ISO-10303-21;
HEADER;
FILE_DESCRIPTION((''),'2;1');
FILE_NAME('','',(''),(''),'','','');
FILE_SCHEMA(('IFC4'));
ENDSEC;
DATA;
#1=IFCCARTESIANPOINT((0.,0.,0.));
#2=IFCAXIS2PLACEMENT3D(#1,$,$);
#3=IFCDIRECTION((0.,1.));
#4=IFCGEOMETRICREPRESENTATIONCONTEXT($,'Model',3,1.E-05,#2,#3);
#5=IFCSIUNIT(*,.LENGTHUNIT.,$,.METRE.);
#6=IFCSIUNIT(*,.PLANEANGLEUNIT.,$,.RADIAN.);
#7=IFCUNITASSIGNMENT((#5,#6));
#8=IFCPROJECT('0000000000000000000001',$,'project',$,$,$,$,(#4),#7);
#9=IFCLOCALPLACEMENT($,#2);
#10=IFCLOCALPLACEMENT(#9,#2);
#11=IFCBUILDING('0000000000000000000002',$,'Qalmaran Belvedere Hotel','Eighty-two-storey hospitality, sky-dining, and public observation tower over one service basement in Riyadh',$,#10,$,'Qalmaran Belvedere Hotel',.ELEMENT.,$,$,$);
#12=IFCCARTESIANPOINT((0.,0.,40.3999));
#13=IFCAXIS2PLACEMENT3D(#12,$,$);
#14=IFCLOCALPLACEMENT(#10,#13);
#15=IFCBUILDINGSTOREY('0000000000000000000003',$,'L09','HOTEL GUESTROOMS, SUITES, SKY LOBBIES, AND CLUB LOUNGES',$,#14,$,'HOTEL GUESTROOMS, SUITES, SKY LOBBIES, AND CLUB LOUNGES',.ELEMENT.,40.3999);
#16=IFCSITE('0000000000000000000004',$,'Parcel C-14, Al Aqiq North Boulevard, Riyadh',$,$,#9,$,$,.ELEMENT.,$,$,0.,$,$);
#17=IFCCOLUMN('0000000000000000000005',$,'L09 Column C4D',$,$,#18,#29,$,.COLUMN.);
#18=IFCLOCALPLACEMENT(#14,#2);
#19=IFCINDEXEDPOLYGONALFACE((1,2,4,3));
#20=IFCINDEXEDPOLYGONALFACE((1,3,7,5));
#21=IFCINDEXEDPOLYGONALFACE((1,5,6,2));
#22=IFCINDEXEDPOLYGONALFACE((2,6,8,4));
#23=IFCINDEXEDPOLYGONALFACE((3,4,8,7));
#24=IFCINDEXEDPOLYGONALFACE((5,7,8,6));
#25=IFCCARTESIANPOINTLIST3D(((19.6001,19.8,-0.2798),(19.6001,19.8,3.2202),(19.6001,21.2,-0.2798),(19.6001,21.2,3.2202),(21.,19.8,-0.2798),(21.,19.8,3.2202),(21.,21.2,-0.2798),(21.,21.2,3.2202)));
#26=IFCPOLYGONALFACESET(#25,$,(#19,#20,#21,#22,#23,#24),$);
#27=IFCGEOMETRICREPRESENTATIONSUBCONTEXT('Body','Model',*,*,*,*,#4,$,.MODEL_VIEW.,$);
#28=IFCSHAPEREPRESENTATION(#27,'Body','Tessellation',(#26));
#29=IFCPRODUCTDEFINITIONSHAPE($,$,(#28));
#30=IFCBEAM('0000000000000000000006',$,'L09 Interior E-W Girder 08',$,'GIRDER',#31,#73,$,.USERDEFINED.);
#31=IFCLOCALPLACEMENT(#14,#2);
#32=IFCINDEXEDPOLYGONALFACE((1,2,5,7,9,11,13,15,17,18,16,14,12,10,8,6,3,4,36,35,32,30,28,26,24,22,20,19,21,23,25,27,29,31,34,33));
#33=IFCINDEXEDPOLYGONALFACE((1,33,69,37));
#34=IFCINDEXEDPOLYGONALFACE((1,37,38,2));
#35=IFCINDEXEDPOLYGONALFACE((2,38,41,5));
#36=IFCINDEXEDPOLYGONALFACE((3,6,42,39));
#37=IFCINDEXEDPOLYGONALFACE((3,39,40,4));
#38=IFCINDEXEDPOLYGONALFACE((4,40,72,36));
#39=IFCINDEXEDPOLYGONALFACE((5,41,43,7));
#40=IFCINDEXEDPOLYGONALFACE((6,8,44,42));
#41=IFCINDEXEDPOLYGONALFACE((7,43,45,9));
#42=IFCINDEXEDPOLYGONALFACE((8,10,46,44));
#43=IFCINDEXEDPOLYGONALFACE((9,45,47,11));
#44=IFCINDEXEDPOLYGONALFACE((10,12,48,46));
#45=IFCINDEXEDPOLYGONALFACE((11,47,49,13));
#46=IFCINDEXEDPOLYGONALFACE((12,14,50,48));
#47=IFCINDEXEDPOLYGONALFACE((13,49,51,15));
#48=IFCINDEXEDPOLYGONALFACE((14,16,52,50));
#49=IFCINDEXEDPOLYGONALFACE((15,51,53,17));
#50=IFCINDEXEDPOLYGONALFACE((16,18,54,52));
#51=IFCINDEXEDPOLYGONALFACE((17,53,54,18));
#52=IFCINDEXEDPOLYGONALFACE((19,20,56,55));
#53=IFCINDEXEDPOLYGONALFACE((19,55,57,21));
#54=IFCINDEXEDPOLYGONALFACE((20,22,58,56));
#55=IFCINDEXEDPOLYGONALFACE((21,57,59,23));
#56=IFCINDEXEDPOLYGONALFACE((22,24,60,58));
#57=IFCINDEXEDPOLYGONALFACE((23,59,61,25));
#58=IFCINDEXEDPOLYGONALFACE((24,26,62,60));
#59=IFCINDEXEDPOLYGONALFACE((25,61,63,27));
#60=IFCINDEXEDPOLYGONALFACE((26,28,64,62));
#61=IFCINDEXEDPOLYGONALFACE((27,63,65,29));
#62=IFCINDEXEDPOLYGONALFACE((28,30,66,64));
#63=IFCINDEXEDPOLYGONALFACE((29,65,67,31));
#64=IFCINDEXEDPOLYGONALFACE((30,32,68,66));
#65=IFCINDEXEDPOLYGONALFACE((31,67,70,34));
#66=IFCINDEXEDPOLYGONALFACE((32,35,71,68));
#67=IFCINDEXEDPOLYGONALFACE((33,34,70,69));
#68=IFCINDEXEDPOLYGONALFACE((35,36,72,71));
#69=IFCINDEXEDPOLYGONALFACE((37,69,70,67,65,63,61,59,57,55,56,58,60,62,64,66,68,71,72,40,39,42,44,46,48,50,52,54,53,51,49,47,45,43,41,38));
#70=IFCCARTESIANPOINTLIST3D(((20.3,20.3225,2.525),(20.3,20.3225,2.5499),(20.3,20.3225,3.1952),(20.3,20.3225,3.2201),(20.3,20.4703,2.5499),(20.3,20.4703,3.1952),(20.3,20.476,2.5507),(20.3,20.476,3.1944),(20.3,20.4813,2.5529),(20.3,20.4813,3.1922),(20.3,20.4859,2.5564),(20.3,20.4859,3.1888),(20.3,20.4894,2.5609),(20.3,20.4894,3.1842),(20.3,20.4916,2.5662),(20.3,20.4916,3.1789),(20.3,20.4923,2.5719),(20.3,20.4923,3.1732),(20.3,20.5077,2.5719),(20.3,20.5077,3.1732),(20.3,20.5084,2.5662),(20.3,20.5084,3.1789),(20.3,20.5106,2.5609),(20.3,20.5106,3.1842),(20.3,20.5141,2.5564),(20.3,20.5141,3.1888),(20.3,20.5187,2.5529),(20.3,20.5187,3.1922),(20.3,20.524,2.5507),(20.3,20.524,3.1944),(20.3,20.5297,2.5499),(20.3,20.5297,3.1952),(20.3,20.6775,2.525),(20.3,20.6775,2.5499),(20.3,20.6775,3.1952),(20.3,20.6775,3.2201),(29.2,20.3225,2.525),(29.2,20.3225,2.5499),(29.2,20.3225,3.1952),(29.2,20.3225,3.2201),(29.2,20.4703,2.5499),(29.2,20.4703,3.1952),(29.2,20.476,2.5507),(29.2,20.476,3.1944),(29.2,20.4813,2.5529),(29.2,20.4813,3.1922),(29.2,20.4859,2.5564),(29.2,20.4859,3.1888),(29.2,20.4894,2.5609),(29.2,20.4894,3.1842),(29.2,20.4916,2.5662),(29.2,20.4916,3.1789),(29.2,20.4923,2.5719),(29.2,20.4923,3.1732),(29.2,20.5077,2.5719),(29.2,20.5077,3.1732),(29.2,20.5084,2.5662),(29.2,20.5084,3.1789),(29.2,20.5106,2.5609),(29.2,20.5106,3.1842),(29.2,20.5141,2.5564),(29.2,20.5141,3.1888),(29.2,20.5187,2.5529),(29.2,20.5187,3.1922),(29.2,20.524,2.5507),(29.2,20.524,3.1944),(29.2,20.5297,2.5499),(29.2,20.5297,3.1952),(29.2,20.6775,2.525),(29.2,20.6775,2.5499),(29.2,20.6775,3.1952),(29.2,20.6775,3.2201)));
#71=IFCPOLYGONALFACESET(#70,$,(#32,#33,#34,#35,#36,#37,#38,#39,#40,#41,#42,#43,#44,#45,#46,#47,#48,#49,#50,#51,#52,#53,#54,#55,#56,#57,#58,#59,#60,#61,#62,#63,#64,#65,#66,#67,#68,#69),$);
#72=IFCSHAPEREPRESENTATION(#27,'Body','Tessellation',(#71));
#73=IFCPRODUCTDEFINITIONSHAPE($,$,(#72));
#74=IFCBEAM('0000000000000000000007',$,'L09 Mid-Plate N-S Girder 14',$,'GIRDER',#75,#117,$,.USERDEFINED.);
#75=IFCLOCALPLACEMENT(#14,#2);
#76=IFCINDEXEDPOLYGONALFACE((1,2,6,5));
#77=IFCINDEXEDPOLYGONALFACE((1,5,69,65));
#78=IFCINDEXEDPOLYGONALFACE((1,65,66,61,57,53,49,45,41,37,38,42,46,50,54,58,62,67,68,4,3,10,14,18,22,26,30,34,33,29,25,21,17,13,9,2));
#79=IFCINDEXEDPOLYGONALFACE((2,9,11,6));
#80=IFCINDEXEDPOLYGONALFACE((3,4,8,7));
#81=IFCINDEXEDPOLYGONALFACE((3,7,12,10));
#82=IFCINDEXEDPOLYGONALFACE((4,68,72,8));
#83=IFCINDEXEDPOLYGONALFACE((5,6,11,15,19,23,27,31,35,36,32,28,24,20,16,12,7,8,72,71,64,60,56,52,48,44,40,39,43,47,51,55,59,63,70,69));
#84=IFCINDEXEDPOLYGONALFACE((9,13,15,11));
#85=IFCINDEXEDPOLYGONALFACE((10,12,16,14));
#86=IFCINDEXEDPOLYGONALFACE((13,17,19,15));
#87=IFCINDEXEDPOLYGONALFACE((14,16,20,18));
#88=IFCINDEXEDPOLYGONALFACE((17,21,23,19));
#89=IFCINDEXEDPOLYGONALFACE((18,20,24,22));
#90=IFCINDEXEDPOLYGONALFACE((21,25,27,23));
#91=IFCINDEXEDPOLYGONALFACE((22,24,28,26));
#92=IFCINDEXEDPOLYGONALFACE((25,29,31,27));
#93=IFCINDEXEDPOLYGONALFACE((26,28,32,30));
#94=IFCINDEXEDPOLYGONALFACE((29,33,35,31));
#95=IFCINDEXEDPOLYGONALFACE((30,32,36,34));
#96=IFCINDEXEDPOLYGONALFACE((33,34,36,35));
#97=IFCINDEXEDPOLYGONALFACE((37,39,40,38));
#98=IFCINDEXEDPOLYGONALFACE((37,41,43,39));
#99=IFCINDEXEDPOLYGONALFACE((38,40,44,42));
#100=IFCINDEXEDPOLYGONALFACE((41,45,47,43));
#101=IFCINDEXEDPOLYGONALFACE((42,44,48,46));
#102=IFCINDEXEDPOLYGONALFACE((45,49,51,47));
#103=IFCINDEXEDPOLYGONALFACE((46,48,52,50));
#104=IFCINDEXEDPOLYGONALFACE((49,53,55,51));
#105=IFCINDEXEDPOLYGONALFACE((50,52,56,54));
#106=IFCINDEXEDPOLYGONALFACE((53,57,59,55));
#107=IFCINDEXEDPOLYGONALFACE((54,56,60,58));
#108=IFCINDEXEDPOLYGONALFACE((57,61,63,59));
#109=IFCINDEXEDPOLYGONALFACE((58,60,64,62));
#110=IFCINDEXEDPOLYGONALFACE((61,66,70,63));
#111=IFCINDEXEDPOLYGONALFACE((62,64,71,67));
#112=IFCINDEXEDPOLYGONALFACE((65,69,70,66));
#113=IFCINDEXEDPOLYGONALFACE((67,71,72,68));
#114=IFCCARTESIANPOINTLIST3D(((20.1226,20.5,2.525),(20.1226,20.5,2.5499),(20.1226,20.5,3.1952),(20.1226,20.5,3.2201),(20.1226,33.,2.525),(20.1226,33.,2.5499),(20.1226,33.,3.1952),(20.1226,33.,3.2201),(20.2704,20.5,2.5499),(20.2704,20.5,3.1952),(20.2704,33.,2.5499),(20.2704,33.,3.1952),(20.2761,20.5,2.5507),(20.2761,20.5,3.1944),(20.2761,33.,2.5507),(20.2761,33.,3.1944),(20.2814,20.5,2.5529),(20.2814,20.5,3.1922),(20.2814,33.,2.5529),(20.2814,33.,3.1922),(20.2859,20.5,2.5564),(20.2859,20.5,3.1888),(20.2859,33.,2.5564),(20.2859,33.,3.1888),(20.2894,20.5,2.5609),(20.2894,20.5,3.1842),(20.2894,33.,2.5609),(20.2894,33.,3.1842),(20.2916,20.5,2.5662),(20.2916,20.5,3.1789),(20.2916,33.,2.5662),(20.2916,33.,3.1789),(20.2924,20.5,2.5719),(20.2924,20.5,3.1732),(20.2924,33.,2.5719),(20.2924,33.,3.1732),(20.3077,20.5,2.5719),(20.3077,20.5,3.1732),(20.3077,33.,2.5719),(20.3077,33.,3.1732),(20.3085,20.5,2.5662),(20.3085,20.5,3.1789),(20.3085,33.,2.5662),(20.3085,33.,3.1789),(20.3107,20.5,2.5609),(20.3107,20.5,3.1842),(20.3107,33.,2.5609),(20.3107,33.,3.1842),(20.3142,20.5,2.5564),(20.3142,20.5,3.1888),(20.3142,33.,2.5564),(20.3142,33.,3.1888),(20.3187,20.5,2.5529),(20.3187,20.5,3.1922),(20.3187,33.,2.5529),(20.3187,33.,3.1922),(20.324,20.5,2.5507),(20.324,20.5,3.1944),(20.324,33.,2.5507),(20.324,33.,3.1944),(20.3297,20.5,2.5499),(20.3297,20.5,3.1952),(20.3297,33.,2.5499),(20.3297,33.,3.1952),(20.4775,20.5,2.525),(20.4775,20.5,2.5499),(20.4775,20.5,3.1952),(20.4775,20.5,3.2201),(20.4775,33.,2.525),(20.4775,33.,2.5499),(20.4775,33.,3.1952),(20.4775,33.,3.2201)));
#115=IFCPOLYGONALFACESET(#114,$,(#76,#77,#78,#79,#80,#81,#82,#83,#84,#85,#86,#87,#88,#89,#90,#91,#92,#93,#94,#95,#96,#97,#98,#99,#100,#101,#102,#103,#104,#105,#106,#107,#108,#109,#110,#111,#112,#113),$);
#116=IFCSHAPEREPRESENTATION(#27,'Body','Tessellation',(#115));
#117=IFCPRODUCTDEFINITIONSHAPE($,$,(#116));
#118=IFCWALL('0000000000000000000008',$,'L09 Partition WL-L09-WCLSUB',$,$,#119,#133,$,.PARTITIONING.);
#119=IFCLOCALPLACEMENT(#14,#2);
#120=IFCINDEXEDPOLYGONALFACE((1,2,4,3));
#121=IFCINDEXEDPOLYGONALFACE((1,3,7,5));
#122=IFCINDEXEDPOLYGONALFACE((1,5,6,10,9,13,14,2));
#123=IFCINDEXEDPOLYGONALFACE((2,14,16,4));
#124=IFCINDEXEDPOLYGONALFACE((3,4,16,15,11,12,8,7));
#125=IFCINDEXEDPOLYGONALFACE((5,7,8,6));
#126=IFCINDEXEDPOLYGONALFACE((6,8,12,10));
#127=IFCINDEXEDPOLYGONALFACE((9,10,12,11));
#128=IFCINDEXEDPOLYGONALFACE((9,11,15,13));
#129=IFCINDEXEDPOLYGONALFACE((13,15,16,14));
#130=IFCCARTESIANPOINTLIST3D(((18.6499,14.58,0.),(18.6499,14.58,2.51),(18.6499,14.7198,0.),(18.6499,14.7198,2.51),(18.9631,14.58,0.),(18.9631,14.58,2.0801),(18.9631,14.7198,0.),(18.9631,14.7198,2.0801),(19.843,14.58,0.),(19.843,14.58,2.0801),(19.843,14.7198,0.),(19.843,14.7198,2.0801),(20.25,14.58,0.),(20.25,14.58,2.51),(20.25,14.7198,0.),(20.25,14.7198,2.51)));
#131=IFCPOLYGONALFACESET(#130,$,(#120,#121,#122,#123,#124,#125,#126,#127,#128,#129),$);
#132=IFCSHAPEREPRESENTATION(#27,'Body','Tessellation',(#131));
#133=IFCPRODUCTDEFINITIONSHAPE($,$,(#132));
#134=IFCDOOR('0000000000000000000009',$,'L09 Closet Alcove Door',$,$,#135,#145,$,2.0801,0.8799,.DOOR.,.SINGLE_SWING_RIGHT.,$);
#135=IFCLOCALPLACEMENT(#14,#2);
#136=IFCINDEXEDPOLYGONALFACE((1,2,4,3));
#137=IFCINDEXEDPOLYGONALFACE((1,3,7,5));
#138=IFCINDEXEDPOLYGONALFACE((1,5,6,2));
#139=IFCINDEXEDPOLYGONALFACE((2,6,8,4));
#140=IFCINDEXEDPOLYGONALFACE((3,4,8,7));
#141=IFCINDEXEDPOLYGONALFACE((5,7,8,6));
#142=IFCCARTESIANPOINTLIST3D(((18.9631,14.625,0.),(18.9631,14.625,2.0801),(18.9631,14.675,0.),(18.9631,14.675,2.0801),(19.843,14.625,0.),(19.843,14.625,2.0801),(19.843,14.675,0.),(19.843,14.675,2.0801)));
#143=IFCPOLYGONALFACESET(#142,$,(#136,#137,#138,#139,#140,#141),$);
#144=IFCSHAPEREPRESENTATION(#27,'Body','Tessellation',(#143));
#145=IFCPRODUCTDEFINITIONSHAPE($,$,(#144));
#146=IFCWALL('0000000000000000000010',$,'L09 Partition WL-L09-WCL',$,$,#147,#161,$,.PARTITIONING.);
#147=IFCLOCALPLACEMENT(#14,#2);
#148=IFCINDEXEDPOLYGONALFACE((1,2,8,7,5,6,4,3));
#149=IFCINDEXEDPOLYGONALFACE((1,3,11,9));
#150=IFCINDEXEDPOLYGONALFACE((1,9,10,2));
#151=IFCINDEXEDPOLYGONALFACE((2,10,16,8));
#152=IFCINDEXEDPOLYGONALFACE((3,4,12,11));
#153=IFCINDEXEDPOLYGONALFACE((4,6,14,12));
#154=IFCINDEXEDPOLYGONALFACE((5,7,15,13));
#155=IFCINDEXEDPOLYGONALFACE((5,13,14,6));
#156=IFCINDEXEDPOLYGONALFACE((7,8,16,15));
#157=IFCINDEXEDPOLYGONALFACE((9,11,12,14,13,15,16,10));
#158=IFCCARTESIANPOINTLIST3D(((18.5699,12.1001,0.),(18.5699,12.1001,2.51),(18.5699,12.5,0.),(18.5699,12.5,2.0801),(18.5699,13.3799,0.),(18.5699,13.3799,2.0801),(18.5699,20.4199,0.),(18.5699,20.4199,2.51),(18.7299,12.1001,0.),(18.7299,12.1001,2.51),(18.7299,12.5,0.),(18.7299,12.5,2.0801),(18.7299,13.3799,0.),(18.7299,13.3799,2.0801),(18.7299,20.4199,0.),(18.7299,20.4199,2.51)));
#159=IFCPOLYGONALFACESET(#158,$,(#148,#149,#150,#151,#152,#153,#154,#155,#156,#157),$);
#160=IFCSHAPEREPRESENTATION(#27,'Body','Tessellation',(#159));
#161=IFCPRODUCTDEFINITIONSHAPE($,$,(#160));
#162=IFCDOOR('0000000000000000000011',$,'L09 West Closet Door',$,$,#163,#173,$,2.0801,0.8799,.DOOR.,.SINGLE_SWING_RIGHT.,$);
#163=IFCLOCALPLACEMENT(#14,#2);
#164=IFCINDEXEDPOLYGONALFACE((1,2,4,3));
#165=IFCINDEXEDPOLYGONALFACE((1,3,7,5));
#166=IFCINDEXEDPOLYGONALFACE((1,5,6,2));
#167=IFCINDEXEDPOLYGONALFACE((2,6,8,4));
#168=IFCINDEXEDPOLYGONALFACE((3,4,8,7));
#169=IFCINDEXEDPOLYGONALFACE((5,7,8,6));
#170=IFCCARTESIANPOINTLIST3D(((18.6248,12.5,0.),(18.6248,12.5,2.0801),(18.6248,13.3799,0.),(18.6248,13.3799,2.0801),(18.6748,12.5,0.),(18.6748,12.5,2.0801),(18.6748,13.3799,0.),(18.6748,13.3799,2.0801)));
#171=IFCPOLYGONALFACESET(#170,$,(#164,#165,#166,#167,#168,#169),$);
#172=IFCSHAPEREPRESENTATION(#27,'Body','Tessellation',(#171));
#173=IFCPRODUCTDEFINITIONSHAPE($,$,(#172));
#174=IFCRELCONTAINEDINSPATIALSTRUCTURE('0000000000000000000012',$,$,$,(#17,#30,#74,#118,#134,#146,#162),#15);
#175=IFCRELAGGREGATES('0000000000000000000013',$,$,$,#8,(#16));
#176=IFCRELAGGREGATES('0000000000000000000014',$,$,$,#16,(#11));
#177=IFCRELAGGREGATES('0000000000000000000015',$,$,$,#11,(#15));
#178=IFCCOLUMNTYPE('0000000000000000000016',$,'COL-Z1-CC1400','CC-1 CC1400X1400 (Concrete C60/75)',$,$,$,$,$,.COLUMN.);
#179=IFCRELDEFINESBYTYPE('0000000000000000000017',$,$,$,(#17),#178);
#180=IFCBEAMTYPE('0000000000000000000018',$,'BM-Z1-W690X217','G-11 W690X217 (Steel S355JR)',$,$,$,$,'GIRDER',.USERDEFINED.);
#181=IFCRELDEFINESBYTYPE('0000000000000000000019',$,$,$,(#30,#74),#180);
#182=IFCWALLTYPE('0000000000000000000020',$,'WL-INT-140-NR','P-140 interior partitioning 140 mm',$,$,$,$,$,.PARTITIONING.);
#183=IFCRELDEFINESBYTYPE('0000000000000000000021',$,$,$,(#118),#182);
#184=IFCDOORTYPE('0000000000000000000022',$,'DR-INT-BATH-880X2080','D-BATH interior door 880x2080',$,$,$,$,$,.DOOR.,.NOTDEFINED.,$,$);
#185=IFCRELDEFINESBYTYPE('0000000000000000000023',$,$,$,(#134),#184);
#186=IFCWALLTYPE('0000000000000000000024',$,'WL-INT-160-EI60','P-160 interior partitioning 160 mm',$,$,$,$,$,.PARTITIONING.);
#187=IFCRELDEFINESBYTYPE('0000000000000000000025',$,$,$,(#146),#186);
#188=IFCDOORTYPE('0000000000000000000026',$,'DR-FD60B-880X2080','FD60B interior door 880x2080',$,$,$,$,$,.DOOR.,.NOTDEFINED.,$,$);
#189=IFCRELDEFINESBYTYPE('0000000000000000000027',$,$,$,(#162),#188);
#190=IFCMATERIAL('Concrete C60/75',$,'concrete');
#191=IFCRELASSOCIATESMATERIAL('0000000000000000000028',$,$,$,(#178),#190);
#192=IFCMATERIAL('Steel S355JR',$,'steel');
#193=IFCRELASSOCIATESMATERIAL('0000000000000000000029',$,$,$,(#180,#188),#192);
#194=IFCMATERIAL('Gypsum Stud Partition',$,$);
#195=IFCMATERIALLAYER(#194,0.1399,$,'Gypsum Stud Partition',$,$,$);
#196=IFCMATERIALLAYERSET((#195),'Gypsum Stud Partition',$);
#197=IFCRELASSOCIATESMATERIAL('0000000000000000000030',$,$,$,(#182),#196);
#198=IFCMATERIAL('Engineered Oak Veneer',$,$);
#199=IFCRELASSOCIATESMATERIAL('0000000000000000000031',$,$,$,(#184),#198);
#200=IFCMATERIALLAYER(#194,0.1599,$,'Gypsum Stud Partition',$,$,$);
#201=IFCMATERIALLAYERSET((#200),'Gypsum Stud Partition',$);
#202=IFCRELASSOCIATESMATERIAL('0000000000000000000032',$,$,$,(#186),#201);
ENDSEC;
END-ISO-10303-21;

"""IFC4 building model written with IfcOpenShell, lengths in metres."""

from ifc_helpers import new_model, si_unit, direction, frame, frame_2d, origin, origin_2d, place, context, subcontext, project, spatial, rectangle, i_section, extrude, material, layer, layer_set, material_profile, profile_set, type_object, element, fill, save


model = new_model("IFC4")

# Units and contexts
model_context = context("Model", 3, precision=1e-05, world=origin(), true_north=direction((0.0, 1.0)))
body_context = subcontext(model_context, "Body", "Model", "MODEL_VIEW")
ifc_project = project(units=[si_unit("LENGTHUNIT", "METRE"), si_unit("PLANEANGLEUNIT", "RADIAN")], contexts=[model_context])

# Site, building, storey
site_placement = place(None, origin())
site = spatial("IfcSite", under=ifc_project, at=site_placement, Name="Parcel C-14, Al Aqiq North Boulevard, Riyadh", CompositionType="ELEMENT", RefElevation=0.0)
building_placement = place(site_placement, origin())
building = spatial("IfcBuilding", under=site, at=building_placement, Name="Qalmaran Belvedere Hotel", Description="Eighty-two-storey hospitality, sky-dining, and public observation tower over one service basement in Riyadh", LongName="Qalmaran Belvedere Hotel", CompositionType="ELEMENT")
storey_placement = place(building_placement, frame((0.0, 0.0, 40.3999)))
storey = spatial("IfcBuildingStorey", under=building, at=storey_placement, Name="L09", Description="HOTEL GUESTROOMS, SUITES, SKY LOBBIES, AND CLUB LOUNGES", LongName="HOTEL GUESTROOMS, SUITES, SKY LOBBIES, AND CLUB LOUNGES", CompositionType="ELEMENT", Elevation=40.3999)

# Column
ifc_material_1 = material(Name="Concrete C60/75", Category="concrete")
ifc_material_profile_1 = material_profile(ifc_material_1, rectangle(XDim=1.3999, YDim=1.3999, at=origin_2d()), Name="CC1400X1400")
ifc_profile_set_1 = profile_set([ifc_material_profile_1], Name="Concrete C60/75")
column_type = type_object("IfcColumnType", Name="COL-Z1-CC1400", Description="CC-1 CC1400X1400 (Concrete C60/75)", PredefinedType="COLUMN", material=ifc_profile_set_1)
column_placement = place(storey_placement, frame((20.3, 20.5, -0.2798), z_axis=(0.0, 0.0, 1.0), x_axis=(1.0, 0.0, 0.0)))
element("IfcColumn", 1, at=column_placement, inside=storey, type_object=column_type, Name="L09 Column C4D", PredefinedType="COLUMN", context=body_context, shape_type="SweptSolid", body=[
    extrude(rectangle(XDim=1.3999, YDim=1.3999, at=origin_2d()), origin(), (0.0, 0.0, 1.0), 3.5),
])

# Beams
ifc_material_2 = material(Name="Steel S355JR", Category="steel")
ifc_material_profile_2 = material_profile(ifc_material_2, i_section(OverallWidth=0.355, OverallDepth=0.6951, WebThickness=0.0154, FlangeThickness=0.0249, FilletRadius=0.022, at=origin_2d()), Name="W690X217")
ifc_profile_set_2 = profile_set([ifc_material_profile_2], Name="Steel S355JR")
beam_type = type_object("IfcBeamType", Name="BM-Z1-W690X217", Description="G-11 W690X217 (Steel S355JR)", ElementType="GIRDER", PredefinedType="USERDEFINED", material=ifc_profile_set_2)
beam_1_placement = place(storey_placement, frame((20.3, 20.5, 2.8726), z_axis=(1.0, 0.0, 0.0), x_axis=(0.0, 1.0, 0.0)))
element("IfcBeam", 2, at=beam_1_placement, inside=storey, type_object=beam_type, Name="L09 Interior E-W Girder 08", ObjectType="GIRDER", PredefinedType="USERDEFINED", context=body_context, shape_type="SweptSolid", body=[
    extrude(i_section(OverallWidth=0.355, OverallDepth=0.6951, WebThickness=0.0154, FlangeThickness=0.0249, FilletRadius=0.022, at=origin_2d()), origin(), (0.0, 0.0, 1.0), 8.8999),
])
beam_2_placement = place(storey_placement, frame((20.3, 20.5, 2.8726), z_axis=(0.0, 1.0, 0.0), x_axis=(-1.0, 0.0, 0.0)))
element("IfcBeam", 3, at=beam_2_placement, inside=storey, type_object=beam_type, Name="L09 Mid-Plate N-S Girder 14", ObjectType="GIRDER", PredefinedType="USERDEFINED", context=body_context, shape_type="SweptSolid", body=[
    extrude(i_section(OverallWidth=0.355, OverallDepth=0.6951, WebThickness=0.0154, FlangeThickness=0.0249, FilletRadius=0.022, at=origin_2d()), origin(), (0.0, 0.0, 1.0), 12.5),
])

# Walls, openings, doors
ifc_material_3 = material(Name="Gypsum Stud Partition")
ifc_layer_1 = layer(ifc_material_3, 0.1399, Name="Gypsum Stud Partition")
ifc_layer_set_1 = layer_set([ifc_layer_1], Name="Gypsum Stud Partition")
wall_type_1 = type_object("IfcWallType", Name="WL-INT-140-NR", Description="P-140 interior partitioning 140 mm", PredefinedType="PARTITIONING", material=ifc_layer_set_1)
wall_1_placement = place(storey_placement, frame((18.6499, 14.6499, 0.0), z_axis=(0.0, 0.0, 1.0), x_axis=(1.0, 0.0, 0.0)))
wall_1 = element("IfcWall", 4, at=wall_1_placement, inside=storey, type_object=wall_type_1, Name="L09 Partition WL-L09-WCLSUB", PredefinedType="PARTITIONING", context=body_context, shape_type="SweptSolid", body=[
    extrude(rectangle(XDim=1.6001, YDim=0.1399, at=frame_2d((0.8, 0.0))), origin(), (0.0, 0.0, 1.0), 2.51),
])
opening_1_placement = place(wall_1_placement, frame((1.1931, 0.0, 0.0), z_axis=(0.0, 0.0, 1.0), x_axis=(-1.0, 0.0, 0.0)))
opening_1 = element("IfcOpeningElement", 5, at=opening_1_placement, cuts=wall_1, PredefinedType="OPENING", context=body_context, shape_type="SweptSolid", body=[
    extrude(rectangle(XDim=0.8799, YDim=2.0801, at=frame_2d((0.4399, 1.04))), frame((0.0, 0.0801, 0.0), z_axis=(0.0, -1.0, 0.0), x_axis=(1.0, 0.0, 0.0)), (0.0, 0.0, 1.0), 0.1599),
])
ifc_material_4 = material(Name="Engineered Oak Veneer")
door_type_1 = type_object("IfcDoorType", Name="DR-INT-BATH-880X2080", Description="D-BATH interior door 880x2080", OperationType="NOTDEFINED", PredefinedType="DOOR", material=ifc_material_4)
door_1_placement = place(opening_1_placement, origin())
door_1 = element("IfcDoor", 6, at=door_1_placement, inside=storey, type_object=door_type_1, Name="L09 Closet Alcove Door", OperationType="SINGLE_SWING_RIGHT", OverallHeight=2.0801, OverallWidth=0.8799, PredefinedType="DOOR", context=body_context, shape_type="SweptSolid", body=[
    extrude(rectangle(XDim=0.8799, YDim=2.0801, at=frame_2d((0.4399, 1.04))), frame((0.0, 0.0249, 0.0), z_axis=(0.0, -1.0, 0.0), x_axis=(1.0, 0.0, 0.0)), (0.0, 0.0, 1.0), 0.05),
])
fill(opening_1, door_1)
ifc_layer_2 = layer(ifc_material_3, 0.1599, Name="Gypsum Stud Partition")
ifc_layer_set_2 = layer_set([ifc_layer_2], Name="Gypsum Stud Partition")
wall_type_2 = type_object("IfcWallType", Name="WL-INT-160-EI60", Description="P-160 interior partitioning 160 mm", PredefinedType="PARTITIONING", material=ifc_layer_set_2)
wall_2_placement = place(storey_placement, frame((18.6499, 12.1001, 0.0), z_axis=(0.0, 0.0, 1.0), x_axis=(0.0, 1.0, 0.0)))
wall_2 = element("IfcWall", 7, at=wall_2_placement, inside=storey, type_object=wall_type_2, Name="L09 Partition WL-L09-WCL", PredefinedType="PARTITIONING", context=body_context, shape_type="SweptSolid", body=[
    extrude(rectangle(XDim=8.3198, YDim=0.1599, at=frame_2d((4.1599, 0.0))), origin(), (0.0, 0.0, 1.0), 2.51),
])
opening_2_placement = place(wall_2_placement, frame((1.2798, 0.0, 0.0), z_axis=(0.0, 0.0, 1.0), x_axis=(-1.0, 0.0, 0.0)))
opening_2 = element("IfcOpeningElement", 8, at=opening_2_placement, cuts=wall_2, PredefinedType="OPENING", context=body_context, shape_type="SweptSolid", body=[
    extrude(rectangle(XDim=0.8799, YDim=2.0801, at=frame_2d((0.4399, 1.04))), frame((0.0, 0.0898, 0.0), z_axis=(0.0, -1.0, 0.0), x_axis=(1.0, 0.0, 0.0)), (0.0, 0.0, 1.0), 0.1799),
])
door_type_2 = type_object("IfcDoorType", Name="DR-FD60B-880X2080", Description="FD60B interior door 880x2080", OperationType="NOTDEFINED", PredefinedType="DOOR", material=ifc_material_2)
door_2_placement = place(opening_2_placement, origin())
door_2 = element("IfcDoor", 9, at=door_2_placement, inside=storey, type_object=door_type_2, Name="L09 West Closet Door", OperationType="SINGLE_SWING_RIGHT", OverallHeight=2.0801, OverallWidth=0.8799, PredefinedType="DOOR", context=body_context, shape_type="SweptSolid", body=[
    extrude(rectangle(XDim=0.8799, YDim=2.0801, at=frame_2d((0.4399, 1.04))), frame((0.0, 0.0249, 0.0), z_axis=(0.0, -1.0, 0.0), x_axis=(1.0, 0.0, 0.0)), (0.0, 0.0, 1.0), 0.05),
])
fill(opening_2, door_2)

save(model, "model.ifc")
